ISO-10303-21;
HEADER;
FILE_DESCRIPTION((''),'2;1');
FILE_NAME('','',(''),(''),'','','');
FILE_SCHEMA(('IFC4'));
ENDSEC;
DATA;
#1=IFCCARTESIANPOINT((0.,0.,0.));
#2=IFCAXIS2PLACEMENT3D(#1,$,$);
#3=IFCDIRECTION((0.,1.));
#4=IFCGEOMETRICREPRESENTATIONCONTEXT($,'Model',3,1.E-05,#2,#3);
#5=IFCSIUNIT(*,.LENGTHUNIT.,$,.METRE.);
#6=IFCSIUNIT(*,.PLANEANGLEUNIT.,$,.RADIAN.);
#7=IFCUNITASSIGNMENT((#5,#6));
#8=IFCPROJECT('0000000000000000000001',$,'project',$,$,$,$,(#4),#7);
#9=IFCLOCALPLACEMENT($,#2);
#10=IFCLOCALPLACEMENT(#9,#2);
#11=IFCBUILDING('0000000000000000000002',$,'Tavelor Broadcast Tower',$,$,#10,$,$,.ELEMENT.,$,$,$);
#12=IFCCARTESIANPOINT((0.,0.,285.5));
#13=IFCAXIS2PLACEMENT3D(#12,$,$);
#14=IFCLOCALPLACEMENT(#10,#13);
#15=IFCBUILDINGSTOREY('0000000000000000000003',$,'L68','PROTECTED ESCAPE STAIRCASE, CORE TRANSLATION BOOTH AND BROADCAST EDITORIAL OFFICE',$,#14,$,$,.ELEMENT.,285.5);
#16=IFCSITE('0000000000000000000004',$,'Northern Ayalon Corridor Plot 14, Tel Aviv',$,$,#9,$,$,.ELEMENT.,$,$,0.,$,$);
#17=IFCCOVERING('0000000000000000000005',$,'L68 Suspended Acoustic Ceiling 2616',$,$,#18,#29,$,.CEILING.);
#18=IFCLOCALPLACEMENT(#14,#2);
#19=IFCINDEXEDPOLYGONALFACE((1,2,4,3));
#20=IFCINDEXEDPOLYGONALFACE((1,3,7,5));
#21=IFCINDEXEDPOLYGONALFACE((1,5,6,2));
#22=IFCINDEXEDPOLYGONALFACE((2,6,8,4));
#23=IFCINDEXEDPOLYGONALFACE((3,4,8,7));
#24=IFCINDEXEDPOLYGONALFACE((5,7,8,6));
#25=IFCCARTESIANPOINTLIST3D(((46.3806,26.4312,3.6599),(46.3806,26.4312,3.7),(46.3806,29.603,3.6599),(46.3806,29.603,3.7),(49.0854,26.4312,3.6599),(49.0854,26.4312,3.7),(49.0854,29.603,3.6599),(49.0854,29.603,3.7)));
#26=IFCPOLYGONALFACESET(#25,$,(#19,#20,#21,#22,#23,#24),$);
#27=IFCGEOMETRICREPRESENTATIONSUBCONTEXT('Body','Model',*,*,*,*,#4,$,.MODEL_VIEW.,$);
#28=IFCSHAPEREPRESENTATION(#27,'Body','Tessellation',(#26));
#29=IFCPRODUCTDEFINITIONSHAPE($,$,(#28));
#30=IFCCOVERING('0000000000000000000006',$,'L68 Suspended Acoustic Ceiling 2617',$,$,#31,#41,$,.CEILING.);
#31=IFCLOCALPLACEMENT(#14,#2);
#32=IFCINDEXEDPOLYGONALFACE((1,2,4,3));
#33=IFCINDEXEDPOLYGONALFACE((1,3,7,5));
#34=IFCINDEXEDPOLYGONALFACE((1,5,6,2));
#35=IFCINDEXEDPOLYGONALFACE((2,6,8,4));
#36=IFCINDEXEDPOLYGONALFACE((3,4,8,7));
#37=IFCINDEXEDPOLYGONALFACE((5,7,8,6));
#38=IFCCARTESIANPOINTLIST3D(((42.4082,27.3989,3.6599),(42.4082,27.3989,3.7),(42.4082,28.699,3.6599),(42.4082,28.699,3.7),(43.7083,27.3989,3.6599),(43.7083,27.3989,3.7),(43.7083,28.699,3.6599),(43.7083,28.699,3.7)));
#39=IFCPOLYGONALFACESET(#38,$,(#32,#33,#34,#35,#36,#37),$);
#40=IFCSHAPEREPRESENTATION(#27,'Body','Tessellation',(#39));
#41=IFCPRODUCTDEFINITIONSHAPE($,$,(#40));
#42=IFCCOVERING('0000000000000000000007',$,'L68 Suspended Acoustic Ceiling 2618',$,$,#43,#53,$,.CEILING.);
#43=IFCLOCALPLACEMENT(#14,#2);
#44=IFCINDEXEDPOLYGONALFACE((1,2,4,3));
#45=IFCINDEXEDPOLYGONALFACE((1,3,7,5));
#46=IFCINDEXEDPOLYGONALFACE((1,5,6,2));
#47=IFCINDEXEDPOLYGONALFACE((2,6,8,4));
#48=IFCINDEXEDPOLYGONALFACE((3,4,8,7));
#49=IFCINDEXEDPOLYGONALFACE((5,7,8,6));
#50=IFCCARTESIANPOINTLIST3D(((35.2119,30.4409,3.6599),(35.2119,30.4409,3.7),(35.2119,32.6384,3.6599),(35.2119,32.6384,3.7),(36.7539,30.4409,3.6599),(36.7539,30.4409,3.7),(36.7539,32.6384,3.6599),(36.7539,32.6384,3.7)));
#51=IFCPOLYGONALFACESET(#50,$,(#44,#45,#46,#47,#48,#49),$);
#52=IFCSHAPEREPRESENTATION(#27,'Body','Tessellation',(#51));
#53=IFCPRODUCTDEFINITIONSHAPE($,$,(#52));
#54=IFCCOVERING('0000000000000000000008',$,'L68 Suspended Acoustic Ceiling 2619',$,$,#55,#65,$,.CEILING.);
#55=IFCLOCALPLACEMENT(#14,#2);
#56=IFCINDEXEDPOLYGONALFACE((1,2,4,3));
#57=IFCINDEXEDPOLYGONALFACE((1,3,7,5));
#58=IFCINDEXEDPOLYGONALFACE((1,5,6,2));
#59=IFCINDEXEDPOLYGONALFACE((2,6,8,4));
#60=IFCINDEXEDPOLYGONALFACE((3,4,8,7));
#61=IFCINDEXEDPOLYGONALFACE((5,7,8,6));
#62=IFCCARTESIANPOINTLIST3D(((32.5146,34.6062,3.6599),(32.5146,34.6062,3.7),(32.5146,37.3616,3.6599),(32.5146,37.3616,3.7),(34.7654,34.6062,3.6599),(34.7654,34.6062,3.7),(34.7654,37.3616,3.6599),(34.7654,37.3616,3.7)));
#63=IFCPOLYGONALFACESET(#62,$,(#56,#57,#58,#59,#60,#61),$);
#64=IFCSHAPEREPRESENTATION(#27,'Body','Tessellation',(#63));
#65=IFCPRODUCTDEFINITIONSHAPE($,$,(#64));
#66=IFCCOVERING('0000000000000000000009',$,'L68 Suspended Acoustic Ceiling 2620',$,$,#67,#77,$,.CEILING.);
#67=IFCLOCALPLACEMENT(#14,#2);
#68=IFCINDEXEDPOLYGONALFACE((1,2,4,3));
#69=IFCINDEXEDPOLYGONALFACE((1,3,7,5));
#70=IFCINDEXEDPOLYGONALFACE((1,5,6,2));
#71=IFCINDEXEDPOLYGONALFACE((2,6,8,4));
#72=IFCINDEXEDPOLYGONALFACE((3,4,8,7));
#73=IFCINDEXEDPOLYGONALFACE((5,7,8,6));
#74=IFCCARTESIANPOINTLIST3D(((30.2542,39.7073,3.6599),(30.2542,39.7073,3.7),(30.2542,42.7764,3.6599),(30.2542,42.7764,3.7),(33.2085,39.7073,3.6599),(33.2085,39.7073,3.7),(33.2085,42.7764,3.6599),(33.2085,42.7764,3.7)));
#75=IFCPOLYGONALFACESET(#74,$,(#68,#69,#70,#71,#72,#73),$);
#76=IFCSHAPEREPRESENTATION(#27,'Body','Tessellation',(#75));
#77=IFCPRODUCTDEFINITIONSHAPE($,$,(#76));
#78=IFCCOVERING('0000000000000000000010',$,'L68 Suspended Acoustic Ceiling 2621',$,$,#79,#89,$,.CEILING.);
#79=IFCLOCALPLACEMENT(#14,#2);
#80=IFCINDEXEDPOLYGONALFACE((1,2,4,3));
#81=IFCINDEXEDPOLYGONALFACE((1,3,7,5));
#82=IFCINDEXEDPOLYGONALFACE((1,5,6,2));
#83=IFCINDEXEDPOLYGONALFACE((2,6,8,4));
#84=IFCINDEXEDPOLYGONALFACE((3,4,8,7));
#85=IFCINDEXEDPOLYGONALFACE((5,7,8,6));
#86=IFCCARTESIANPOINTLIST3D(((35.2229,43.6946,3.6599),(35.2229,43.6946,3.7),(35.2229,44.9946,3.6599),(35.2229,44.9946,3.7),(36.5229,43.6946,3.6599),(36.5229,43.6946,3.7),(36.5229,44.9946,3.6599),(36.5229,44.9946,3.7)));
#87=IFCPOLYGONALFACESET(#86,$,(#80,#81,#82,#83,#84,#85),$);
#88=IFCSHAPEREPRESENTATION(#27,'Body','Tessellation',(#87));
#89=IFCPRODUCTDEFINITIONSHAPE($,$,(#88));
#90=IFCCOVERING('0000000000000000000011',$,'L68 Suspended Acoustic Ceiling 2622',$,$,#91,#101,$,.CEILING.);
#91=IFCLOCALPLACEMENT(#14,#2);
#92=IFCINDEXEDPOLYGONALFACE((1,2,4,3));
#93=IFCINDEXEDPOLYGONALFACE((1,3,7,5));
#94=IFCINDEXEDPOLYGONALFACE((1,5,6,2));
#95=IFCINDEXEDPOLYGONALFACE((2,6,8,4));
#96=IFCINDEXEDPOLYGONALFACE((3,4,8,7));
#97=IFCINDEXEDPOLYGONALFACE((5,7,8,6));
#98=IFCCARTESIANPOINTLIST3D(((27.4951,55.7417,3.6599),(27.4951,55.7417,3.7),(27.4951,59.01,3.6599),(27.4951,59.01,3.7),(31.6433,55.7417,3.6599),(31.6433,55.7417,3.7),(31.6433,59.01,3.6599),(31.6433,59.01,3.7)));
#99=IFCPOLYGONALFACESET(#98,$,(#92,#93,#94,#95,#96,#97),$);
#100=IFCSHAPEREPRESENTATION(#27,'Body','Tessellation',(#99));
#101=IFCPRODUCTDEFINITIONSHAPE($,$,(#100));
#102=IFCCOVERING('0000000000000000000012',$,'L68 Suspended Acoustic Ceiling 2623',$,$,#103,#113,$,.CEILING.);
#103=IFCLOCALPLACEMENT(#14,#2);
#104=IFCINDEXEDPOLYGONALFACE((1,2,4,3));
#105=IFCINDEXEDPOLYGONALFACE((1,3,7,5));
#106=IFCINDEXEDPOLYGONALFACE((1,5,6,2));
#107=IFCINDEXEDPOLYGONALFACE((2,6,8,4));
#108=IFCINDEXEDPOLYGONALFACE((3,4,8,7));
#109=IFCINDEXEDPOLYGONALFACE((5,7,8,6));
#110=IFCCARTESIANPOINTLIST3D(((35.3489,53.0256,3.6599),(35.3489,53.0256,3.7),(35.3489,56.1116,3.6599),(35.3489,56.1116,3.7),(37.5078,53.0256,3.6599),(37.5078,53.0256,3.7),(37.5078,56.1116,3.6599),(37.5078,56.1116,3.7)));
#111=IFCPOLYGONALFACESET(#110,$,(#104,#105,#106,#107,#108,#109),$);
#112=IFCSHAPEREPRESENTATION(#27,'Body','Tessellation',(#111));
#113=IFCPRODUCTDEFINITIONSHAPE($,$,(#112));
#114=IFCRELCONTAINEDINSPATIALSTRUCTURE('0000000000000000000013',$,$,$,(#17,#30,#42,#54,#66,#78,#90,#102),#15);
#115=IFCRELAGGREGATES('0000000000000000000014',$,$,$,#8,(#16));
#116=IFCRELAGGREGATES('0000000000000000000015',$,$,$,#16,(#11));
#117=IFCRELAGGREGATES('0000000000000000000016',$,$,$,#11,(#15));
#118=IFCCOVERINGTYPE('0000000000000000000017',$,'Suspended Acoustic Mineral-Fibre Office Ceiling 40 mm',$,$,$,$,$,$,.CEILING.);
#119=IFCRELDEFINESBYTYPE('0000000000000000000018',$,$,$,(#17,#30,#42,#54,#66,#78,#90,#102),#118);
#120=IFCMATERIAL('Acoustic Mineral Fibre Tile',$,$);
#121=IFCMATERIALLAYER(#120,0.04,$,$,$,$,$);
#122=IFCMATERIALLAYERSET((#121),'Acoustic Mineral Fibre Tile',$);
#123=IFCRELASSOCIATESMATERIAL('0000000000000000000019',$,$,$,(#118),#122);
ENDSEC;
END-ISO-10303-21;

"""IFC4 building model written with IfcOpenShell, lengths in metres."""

from ifc_helpers import new_model, si_unit, direction, frame, origin, place, context, subcontext, project, spatial, polyline, outline, extrude, material, layer, layer_set, type_object, element, save


model = new_model("IFC4")

# Units and contexts
model_context = context("Model", 3, precision=1e-05, world=origin(), true_north=direction((0.0, 1.0)))
body_context = subcontext(model_context, "Body", "Model", "MODEL_VIEW")
ifc_project = project(units=[si_unit("LENGTHUNIT", "METRE"), si_unit("PLANEANGLEUNIT", "RADIAN")], contexts=[model_context])

# Site, building, storey
site_placement = place(None, origin())
site = spatial("IfcSite", under=ifc_project, at=site_placement, Name="Northern Ayalon Corridor Plot 14, Tel Aviv", CompositionType="ELEMENT", RefElevation=0.0)
building_placement = place(site_placement, origin())
building = spatial("IfcBuilding", under=site, at=building_placement, Name="Tavelor Broadcast Tower", CompositionType="ELEMENT")
storey_placement = place(building_placement, frame((0.0, 0.0, 285.5)))
storey = spatial("IfcBuildingStorey", under=building, at=storey_placement, Name="L68", Description="PROTECTED ESCAPE STAIRCASE, CORE TRANSLATION BOOTH AND BROADCAST EDITORIAL OFFICE", CompositionType="ELEMENT", Elevation=285.5)

# Coverings
ifc_material_1 = material(Name="Acoustic Mineral Fibre Tile")
ifc_layer_1 = layer(ifc_material_1, 0.04)
ifc_layer_set_1 = layer_set([ifc_layer_1], Name="Acoustic Mineral Fibre Tile")
covering_type_1 = type_object("IfcCoveringType", Name="Suspended Acoustic Mineral-Fibre Office Ceiling 40 mm", PredefinedType="CEILING", material=ifc_layer_set_1)
covering_1_placement = place(storey_placement, frame((0.0, 0.0, 3.6599)))
element("IfcCovering", 1, at=covering_1_placement, inside=storey, type_object=covering_type_1, Name="L68 Suspended Acoustic Ceiling 2616", PredefinedType="CEILING", context=body_context, shape_type="SweptSolid", body=[
    extrude(outline(polyline([(46.3806, 26.4312), (49.0854, 26.4312), (49.0854, 29.603), (46.3806, 29.603), (46.3806, 26.4312)])), origin(), (0.0, 0.0, 1.0), 0.04),
])
covering_2_placement = place(storey_placement, frame((0.0, 0.0, 3.6599)))
element("IfcCovering", 2, at=covering_2_placement, inside=storey, type_object=covering_type_1, Name="L68 Suspended Acoustic Ceiling 2617", PredefinedType="CEILING", context=body_context, shape_type="SweptSolid", body=[
    extrude(outline(polyline([(42.4082, 27.3989), (43.7083, 27.3989), (43.7083, 28.699), (42.4082, 28.699), (42.4082, 27.3989)])), origin(), (0.0, 0.0, 1.0), 0.04),
])
covering_3_placement = place(storey_placement, frame((0.0, 0.0, 3.6599)))
element("IfcCovering", 3, at=covering_3_placement, inside=storey, type_object=covering_type_1, Name="L68 Suspended Acoustic Ceiling 2618", PredefinedType="CEILING", context=body_context, shape_type="SweptSolid", body=[
    extrude(outline(polyline([(35.2119, 30.4409), (36.7539, 30.4409), (36.7539, 32.6384), (35.2119, 32.6384), (35.2119, 30.4409)])), origin(), (0.0, 0.0, 1.0), 0.04),
])
covering_4_placement = place(storey_placement, frame((0.0, 0.0, 3.6599)))
element("IfcCovering", 4, at=covering_4_placement, inside=storey, type_object=covering_type_1, Name="L68 Suspended Acoustic Ceiling 2619", PredefinedType="CEILING", context=body_context, shape_type="SweptSolid", body=[
    extrude(outline(polyline([(32.5146, 34.6062), (34.7654, 34.6062), (34.7654, 37.3616), (32.5146, 37.3616), (32.5146, 34.6062)])), origin(), (0.0, 0.0, 1.0), 0.04),
])
covering_5_placement = place(storey_placement, frame((0.0, 0.0, 3.6599)))
element("IfcCovering", 5, at=covering_5_placement, inside=storey, type_object=covering_type_1, Name="L68 Suspended Acoustic Ceiling 2620", PredefinedType="CEILING", context=body_context, shape_type="SweptSolid", body=[
    extrude(outline(polyline([(30.2542, 39.7073), (33.2085, 39.7073), (33.2085, 42.7764), (30.2542, 42.7764), (30.2542, 39.7073)])), origin(), (0.0, 0.0, 1.0), 0.04),
])
covering_6_placement = place(storey_placement, frame((0.0, 0.0, 3.6599)))
element("IfcCovering", 6, at=covering_6_placement, inside=storey, type_object=covering_type_1, Name="L68 Suspended Acoustic Ceiling 2621", PredefinedType="CEILING", context=body_context, shape_type="SweptSolid", body=[
    extrude(outline(polyline([(35.2229, 43.6946), (36.5229, 43.6946), (36.5229, 44.9946), (35.2229, 44.9946), (35.2229, 43.6946)])), origin(), (0.0, 0.0, 1.0), 0.04),
])
covering_7_placement = place(storey_placement, frame((0.0, 0.0, 3.6599)))
element("IfcCovering", 7, at=covering_7_placement, inside=storey, type_object=covering_type_1, Name="L68 Suspended Acoustic Ceiling 2622", PredefinedType="CEILING", context=body_context, shape_type="SweptSolid", body=[
    extrude(outline(polyline([(27.4951, 55.7417), (31.6433, 55.7417), (31.6433, 59.01), (27.4951, 59.01), (27.4951, 55.7417)])), origin(), (0.0, 0.0, 1.0), 0.04),
])
covering_8_placement = place(storey_placement, frame((0.0, 0.0, 3.6599)))
element("IfcCovering", 8, at=covering_8_placement, inside=storey, type_object=covering_type_1, Name="L68 Suspended Acoustic Ceiling 2623", PredefinedType="CEILING", context=body_context, shape_type="SweptSolid", body=[
    extrude(outline(polyline([(35.3489, 53.0256), (37.5078, 53.0256), (37.5078, 56.1116), (35.3489, 56.1116), (35.3489, 53.0256)])), origin(), (0.0, 0.0, 1.0), 0.04),
])

save(model, "model.ifc")
